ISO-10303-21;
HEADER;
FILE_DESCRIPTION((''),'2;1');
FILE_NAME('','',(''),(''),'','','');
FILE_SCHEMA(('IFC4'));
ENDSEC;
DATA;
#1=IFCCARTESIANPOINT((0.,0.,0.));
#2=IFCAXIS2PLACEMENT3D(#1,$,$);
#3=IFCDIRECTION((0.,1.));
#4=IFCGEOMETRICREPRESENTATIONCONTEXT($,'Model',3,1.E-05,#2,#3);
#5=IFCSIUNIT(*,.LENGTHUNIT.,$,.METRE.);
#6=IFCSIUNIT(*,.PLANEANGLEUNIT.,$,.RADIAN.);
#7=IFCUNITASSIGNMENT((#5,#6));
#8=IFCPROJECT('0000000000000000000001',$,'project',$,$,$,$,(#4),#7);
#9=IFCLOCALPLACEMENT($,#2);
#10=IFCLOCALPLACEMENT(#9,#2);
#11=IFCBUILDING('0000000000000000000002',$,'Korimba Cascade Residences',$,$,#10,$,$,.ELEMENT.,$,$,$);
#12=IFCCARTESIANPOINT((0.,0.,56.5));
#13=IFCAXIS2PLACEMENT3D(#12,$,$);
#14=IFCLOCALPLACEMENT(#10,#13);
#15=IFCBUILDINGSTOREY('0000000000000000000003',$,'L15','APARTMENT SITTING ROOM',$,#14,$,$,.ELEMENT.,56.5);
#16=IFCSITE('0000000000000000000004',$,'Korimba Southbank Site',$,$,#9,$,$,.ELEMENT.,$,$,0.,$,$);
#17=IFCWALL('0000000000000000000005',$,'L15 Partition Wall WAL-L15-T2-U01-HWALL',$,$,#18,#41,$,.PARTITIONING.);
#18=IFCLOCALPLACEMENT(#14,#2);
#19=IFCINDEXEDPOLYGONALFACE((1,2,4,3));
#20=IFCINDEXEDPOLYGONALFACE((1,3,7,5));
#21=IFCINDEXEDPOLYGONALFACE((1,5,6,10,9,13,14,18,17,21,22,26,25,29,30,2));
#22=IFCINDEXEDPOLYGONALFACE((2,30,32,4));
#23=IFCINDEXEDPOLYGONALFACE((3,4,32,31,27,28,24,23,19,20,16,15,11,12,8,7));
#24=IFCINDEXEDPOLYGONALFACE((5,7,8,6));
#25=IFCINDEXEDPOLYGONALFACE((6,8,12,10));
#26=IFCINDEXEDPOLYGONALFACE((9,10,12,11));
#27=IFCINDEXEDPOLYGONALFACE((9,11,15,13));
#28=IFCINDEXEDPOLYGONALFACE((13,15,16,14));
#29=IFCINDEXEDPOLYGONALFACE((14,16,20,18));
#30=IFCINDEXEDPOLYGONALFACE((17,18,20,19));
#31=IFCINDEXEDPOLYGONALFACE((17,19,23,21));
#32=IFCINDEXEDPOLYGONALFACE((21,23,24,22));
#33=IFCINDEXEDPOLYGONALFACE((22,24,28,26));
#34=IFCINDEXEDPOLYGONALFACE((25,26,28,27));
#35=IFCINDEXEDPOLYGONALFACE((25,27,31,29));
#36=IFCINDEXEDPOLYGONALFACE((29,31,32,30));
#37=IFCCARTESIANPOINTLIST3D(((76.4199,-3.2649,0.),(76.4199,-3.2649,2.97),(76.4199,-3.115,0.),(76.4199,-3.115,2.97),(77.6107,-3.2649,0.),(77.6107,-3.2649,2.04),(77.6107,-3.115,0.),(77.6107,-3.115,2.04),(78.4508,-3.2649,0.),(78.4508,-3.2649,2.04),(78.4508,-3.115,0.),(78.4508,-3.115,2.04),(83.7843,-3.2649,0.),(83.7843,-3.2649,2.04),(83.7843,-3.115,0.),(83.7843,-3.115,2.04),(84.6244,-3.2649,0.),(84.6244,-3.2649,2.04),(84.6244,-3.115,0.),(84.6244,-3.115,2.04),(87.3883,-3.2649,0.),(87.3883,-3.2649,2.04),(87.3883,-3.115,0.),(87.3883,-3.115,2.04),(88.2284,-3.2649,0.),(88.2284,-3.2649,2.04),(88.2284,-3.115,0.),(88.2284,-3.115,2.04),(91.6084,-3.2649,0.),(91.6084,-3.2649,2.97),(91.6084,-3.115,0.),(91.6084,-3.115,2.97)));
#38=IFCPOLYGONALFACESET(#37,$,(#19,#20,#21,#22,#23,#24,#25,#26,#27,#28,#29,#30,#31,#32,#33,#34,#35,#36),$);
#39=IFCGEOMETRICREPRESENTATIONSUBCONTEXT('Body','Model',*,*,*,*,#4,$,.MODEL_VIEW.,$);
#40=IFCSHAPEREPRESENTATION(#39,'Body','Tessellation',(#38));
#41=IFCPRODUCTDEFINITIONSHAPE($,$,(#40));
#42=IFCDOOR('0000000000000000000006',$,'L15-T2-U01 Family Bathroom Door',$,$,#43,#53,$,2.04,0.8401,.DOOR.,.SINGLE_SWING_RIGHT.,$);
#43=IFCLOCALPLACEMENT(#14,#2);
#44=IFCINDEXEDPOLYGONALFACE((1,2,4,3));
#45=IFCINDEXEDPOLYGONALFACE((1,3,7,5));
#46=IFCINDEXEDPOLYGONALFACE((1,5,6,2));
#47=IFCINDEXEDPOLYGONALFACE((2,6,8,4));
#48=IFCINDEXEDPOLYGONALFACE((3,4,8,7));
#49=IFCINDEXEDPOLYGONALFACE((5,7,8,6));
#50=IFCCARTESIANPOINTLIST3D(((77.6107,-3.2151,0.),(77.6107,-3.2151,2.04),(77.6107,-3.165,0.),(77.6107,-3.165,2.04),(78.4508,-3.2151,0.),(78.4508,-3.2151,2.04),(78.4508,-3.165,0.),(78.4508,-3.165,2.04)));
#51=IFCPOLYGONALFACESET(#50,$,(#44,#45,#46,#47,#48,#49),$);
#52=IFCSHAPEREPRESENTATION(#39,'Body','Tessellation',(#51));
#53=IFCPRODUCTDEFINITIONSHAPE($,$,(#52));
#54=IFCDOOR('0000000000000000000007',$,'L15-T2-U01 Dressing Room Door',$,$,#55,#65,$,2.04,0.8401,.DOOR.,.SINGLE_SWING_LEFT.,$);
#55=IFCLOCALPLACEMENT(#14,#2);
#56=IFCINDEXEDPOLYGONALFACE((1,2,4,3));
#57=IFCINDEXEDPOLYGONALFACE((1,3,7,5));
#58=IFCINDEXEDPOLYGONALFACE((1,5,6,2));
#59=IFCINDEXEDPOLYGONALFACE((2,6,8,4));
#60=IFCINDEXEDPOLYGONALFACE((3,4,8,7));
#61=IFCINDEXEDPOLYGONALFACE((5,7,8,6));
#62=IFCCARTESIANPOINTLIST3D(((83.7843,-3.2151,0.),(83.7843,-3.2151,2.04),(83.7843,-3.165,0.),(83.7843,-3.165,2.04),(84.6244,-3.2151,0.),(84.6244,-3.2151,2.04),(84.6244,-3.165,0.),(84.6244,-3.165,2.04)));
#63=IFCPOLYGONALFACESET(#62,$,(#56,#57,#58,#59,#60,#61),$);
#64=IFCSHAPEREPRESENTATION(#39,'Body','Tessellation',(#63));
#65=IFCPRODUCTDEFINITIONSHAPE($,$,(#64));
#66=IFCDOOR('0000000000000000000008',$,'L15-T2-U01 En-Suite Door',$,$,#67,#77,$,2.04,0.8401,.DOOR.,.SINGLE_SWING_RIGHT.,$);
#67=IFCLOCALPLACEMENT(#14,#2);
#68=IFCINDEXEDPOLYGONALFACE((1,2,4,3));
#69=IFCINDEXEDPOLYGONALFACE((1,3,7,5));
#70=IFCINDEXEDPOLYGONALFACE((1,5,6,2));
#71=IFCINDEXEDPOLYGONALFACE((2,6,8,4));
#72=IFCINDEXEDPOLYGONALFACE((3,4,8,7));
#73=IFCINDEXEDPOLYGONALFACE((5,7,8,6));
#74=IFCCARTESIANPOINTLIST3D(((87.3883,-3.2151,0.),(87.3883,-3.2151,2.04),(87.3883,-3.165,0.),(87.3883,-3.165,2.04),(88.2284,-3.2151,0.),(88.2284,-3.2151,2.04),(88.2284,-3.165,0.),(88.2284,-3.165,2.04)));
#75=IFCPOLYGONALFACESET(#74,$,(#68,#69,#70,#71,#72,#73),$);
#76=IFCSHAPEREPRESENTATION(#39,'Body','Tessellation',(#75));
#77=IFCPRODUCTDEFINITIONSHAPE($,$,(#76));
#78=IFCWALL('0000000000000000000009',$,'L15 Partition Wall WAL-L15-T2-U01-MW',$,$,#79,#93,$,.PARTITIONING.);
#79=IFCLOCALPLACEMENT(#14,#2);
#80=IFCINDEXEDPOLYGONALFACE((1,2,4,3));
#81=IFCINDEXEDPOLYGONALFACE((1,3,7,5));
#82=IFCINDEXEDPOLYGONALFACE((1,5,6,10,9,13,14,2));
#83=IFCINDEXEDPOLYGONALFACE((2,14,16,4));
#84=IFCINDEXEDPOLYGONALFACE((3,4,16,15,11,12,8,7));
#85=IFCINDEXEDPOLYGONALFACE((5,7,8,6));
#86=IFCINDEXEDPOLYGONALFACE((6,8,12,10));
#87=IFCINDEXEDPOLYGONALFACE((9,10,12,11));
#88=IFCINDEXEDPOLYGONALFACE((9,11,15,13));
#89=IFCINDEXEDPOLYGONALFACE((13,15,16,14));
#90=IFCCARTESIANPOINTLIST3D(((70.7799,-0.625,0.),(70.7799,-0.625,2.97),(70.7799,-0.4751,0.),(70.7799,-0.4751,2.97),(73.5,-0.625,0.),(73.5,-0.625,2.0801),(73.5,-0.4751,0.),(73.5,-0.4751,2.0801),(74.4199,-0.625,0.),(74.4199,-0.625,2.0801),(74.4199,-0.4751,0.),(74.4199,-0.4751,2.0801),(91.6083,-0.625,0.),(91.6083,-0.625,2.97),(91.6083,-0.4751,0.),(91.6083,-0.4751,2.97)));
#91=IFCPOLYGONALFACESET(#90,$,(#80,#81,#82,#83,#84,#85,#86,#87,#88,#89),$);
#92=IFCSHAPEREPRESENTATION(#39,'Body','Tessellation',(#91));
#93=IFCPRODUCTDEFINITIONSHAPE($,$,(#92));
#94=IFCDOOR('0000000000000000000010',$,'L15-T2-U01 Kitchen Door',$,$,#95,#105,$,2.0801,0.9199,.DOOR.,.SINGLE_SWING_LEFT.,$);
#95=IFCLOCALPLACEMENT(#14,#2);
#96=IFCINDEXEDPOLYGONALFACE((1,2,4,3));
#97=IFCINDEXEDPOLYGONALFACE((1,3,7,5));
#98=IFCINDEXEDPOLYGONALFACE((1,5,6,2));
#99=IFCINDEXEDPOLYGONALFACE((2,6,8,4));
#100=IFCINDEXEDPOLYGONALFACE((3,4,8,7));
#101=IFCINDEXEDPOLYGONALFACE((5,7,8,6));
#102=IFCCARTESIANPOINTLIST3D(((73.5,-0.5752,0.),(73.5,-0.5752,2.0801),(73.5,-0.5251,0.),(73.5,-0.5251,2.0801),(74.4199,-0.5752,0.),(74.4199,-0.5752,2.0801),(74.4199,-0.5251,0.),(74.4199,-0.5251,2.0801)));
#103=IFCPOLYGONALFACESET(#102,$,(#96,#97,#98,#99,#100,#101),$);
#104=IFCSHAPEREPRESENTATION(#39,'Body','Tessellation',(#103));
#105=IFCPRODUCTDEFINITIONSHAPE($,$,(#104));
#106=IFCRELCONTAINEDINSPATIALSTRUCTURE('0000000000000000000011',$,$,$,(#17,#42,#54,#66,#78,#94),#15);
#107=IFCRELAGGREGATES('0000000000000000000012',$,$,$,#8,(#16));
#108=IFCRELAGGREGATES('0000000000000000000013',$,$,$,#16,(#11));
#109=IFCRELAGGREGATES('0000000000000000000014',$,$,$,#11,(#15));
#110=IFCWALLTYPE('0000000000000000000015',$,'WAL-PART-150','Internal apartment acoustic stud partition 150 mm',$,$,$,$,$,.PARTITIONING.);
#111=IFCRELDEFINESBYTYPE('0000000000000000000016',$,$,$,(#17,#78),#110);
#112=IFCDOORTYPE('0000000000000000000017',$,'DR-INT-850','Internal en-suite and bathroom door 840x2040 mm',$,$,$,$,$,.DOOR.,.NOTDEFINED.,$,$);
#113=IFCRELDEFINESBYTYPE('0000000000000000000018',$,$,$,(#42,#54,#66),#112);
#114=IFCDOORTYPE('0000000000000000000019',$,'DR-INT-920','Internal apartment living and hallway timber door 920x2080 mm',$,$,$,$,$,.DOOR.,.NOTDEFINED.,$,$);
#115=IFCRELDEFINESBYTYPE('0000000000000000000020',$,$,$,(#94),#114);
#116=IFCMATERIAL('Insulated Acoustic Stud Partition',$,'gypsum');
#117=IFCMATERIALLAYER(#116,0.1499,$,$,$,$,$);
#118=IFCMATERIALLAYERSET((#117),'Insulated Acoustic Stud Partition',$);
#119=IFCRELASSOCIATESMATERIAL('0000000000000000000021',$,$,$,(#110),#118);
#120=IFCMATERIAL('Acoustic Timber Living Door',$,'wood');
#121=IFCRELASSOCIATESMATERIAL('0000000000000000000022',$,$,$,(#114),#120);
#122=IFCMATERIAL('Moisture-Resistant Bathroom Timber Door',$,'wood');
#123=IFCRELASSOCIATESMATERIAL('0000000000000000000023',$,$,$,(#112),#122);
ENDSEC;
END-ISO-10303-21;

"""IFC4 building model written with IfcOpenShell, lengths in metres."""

from ifc_helpers import new_model, si_unit, direction, frame, frame_2d, origin, place, context, subcontext, project, spatial, rectangle, extrude, material, layer, layer_set, type_object, element, fill, save


model = new_model("IFC4")

# Units and contexts
model_context = context("Model", 3, precision=1e-05, world=origin(), true_north=direction((0.0, 1.0)))
body_context = subcontext(model_context, "Body", "Model", "MODEL_VIEW")
ifc_project = project(units=[si_unit("LENGTHUNIT", "METRE"), si_unit("PLANEANGLEUNIT", "RADIAN")], contexts=[model_context])

# Site, building, storey
site_placement = place(None, origin())
site = spatial("IfcSite", under=ifc_project, at=site_placement, Name="Korimba Southbank Site", CompositionType="ELEMENT", RefElevation=0.0)
building_placement = place(site_placement, origin())
building = spatial("IfcBuilding", under=site, at=building_placement, Name="Korimba Cascade Residences", CompositionType="ELEMENT")
storey_placement = place(building_placement, frame((0.0, 0.0, 56.5)))
storey = spatial("IfcBuildingStorey", under=building, at=storey_placement, Name="L15", Description="APARTMENT SITTING ROOM", CompositionType="ELEMENT", Elevation=56.5)

# Shared definitions
ifc_material_1 = material(Name="Insulated Acoustic Stud Partition", Category="gypsum")
ifc_layer_1 = layer(ifc_material_1, 0.1499)
ifc_layer_set_1 = layer_set([ifc_layer_1], Name="Insulated Acoustic Stud Partition")
wall_type_1 = type_object("IfcWallType", Name="WAL-PART-150", Description="Internal apartment acoustic stud partition 150 mm", PredefinedType="PARTITIONING", material=ifc_layer_set_1)

# Shared definitions
ifc_material_2 = material(Name="Acoustic Timber Living Door", Category="wood")
door_type_1 = type_object("IfcDoorType", Name="DR-INT-920", Description="Internal apartment living and hallway timber door 920x2080 mm", OperationType="NOTDEFINED", PredefinedType="DOOR", material=ifc_material_2)

# Wall, openings, doors
wall_1_placement = place(storey_placement, frame((76.4199, -3.1899, 0.0), z_axis=(0.0, 0.0, 1.0), x_axis=(1.0, 0.0, 0.0)))
wall_1 = element("IfcWall", 1, at=wall_1_placement, inside=storey, type_object=wall_type_1, Name="L15 Partition Wall WAL-L15-T2-U01-HWALL", PredefinedType="PARTITIONING", context=body_context, shape_type="SweptSolid", body=[
    extrude(rectangle(XDim=15.1885, YDim=0.1499, at=frame_2d((7.5942, 0.0))), origin(), (0.0, 0.0, 1.0), 2.97),
])
opening_1_placement = place(wall_1_placement, frame((1.1909, 0.0, 0.0)))
opening_1 = element("IfcOpeningElement", 2, at=opening_1_placement, cuts=wall_1, PredefinedType="OPENING", context=body_context, shape_type="SweptSolid", body=[
    extrude(rectangle(XDim=0.8401, YDim=2.04, at=frame_2d((0.4199, 1.02))), frame((0.0, 0.085, 0.0), z_axis=(0.0, -1.0, 0.0), x_axis=(1.0, 0.0, 0.0)), (0.0, 0.0, 1.0), 0.1699),
])
opening_2_placement = place(wall_1_placement, frame((7.3645, 0.0, 0.0)))
opening_2 = element("IfcOpeningElement", 3, at=opening_2_placement, cuts=wall_1, PredefinedType="OPENING", context=body_context, shape_type="SweptSolid", body=[
    extrude(rectangle(XDim=0.8401, YDim=2.04, at=frame_2d((0.4199, 1.02))), frame((0.0, 0.085, 0.0), z_axis=(0.0, -1.0, 0.0), x_axis=(1.0, 0.0, 0.0)), (0.0, 0.0, 1.0), 0.1699),
])
opening_3_placement = place(wall_1_placement, frame((10.9685, 0.0, 0.0)))
opening_3 = element("IfcOpeningElement", 4, at=opening_3_placement, cuts=wall_1, PredefinedType="OPENING", context=body_context, shape_type="SweptSolid", body=[
    extrude(rectangle(XDim=0.8401, YDim=2.04, at=frame_2d((0.4199, 1.02))), frame((0.0, 0.085, 0.0), z_axis=(0.0, -1.0, 0.0), x_axis=(1.0, 0.0, 0.0)), (0.0, 0.0, 1.0), 0.1699),
])
ifc_material_3 = material(Name="Moisture-Resistant Bathroom Timber Door", Category="wood")
door_type_2 = type_object("IfcDoorType", Name="DR-INT-850", Description="Internal en-suite and bathroom door 840x2040 mm", OperationType="NOTDEFINED", PredefinedType="DOOR", material=ifc_material_3)
door_1_placement = place(opening_1_placement, origin())
door_1 = element("IfcDoor", 5, at=door_1_placement, inside=storey, type_object=door_type_2, Name="L15-T2-U01 Family Bathroom Door", OperationType="SINGLE_SWING_RIGHT", OverallHeight=2.04, OverallWidth=0.8401, PredefinedType="DOOR", context=body_context, shape_type="SweptSolid", body=[
    extrude(rectangle(XDim=0.8401, YDim=2.04, at=frame_2d((0.4199, 1.02))), frame((0.0, 0.0249, 0.0), z_axis=(0.0, -1.0, 0.0), x_axis=(1.0, 0.0, 0.0)), (0.0, 0.0, 1.0), 0.05),
])
fill(opening_1, door_1)
door_2_placement = place(opening_2_placement, origin())
door_2 = element("IfcDoor", 6, at=door_2_placement, inside=storey, type_object=door_type_2, Name="L15-T2-U01 Dressing Room Door", OperationType="SINGLE_SWING_LEFT", OverallHeight=2.04, OverallWidth=0.8401, PredefinedType="DOOR", context=body_context, shape_type="SweptSolid", body=[
    extrude(rectangle(XDim=0.8401, YDim=2.04, at=frame_2d((0.4199, 1.02))), frame((0.0, 0.0249, 0.0), z_axis=(0.0, -1.0, 0.0), x_axis=(1.0, 0.0, 0.0)), (0.0, 0.0, 1.0), 0.05),
])
fill(opening_2, door_2)
door_3_placement = place(opening_3_placement, origin())
door_3 = element("IfcDoor", 7, at=door_3_placement, inside=storey, type_object=door_type_2, Name="L15-T2-U01 En-Suite Door", OperationType="SINGLE_SWING_RIGHT", OverallHeight=2.04, OverallWidth=0.8401, PredefinedType="DOOR", context=body_context, shape_type="SweptSolid", body=[
    extrude(rectangle(XDim=0.8401, YDim=2.04, at=frame_2d((0.4199, 1.02))), frame((0.0, 0.0249, 0.0), z_axis=(0.0, -1.0, 0.0), x_axis=(1.0, 0.0, 0.0)), (0.0, 0.0, 1.0), 0.05),
])
fill(opening_3, door_3)

# Wall, opening, door
wall_2_placement = place(storey_placement, frame((70.78, -0.55, 0.0), z_axis=(0.0, 0.0, 1.0), x_axis=(1.0, 0.0, 0.0)))
wall_2 = element("IfcWall", 8, at=wall_2_placement, inside=storey, type_object=wall_type_1, Name="L15 Partition Wall WAL-L15-T2-U01-MW", PredefinedType="PARTITIONING", context=body_context, shape_type="SweptSolid", body=[
    extrude(rectangle(XDim=20.8284, YDim=0.1499, at=frame_2d((10.4141, 0.0))), origin(), (0.0, 0.0, 1.0), 2.97),
])
opening_4_placement = place(wall_2_placement, frame((2.72, 0.0, 0.0)))
opening_4 = element("IfcOpeningElement", 9, at=opening_4_placement, cuts=wall_2, PredefinedType="OPENING", context=body_context, shape_type="SweptSolid", body=[
    extrude(rectangle(XDim=0.9199, YDim=2.0801, at=frame_2d((0.46, 1.04))), frame((0.0, 0.085, 0.0), z_axis=(0.0, -1.0, 0.0), x_axis=(1.0, 0.0, 0.0)), (0.0, 0.0, 1.0), 0.1699),
])
door_4_placement = place(opening_4_placement, origin())
door_4 = element("IfcDoor", 10, at=door_4_placement, inside=storey, type_object=door_type_1, Name="L15-T2-U01 Kitchen Door", OperationType="SINGLE_SWING_LEFT", OverallHeight=2.0801, OverallWidth=0.9199, PredefinedType="DOOR", context=body_context, shape_type="SweptSolid", body=[
    extrude(rectangle(XDim=0.9199, YDim=2.0801, at=frame_2d((0.46, 1.04))), frame((0.0, 0.0249, 0.0), z_axis=(0.0, -1.0, 0.0), x_axis=(1.0, 0.0, 0.0)), (0.0, 0.0, 1.0), 0.05),
])
fill(opening_4, door_4)

save(model, "model.ifc")
